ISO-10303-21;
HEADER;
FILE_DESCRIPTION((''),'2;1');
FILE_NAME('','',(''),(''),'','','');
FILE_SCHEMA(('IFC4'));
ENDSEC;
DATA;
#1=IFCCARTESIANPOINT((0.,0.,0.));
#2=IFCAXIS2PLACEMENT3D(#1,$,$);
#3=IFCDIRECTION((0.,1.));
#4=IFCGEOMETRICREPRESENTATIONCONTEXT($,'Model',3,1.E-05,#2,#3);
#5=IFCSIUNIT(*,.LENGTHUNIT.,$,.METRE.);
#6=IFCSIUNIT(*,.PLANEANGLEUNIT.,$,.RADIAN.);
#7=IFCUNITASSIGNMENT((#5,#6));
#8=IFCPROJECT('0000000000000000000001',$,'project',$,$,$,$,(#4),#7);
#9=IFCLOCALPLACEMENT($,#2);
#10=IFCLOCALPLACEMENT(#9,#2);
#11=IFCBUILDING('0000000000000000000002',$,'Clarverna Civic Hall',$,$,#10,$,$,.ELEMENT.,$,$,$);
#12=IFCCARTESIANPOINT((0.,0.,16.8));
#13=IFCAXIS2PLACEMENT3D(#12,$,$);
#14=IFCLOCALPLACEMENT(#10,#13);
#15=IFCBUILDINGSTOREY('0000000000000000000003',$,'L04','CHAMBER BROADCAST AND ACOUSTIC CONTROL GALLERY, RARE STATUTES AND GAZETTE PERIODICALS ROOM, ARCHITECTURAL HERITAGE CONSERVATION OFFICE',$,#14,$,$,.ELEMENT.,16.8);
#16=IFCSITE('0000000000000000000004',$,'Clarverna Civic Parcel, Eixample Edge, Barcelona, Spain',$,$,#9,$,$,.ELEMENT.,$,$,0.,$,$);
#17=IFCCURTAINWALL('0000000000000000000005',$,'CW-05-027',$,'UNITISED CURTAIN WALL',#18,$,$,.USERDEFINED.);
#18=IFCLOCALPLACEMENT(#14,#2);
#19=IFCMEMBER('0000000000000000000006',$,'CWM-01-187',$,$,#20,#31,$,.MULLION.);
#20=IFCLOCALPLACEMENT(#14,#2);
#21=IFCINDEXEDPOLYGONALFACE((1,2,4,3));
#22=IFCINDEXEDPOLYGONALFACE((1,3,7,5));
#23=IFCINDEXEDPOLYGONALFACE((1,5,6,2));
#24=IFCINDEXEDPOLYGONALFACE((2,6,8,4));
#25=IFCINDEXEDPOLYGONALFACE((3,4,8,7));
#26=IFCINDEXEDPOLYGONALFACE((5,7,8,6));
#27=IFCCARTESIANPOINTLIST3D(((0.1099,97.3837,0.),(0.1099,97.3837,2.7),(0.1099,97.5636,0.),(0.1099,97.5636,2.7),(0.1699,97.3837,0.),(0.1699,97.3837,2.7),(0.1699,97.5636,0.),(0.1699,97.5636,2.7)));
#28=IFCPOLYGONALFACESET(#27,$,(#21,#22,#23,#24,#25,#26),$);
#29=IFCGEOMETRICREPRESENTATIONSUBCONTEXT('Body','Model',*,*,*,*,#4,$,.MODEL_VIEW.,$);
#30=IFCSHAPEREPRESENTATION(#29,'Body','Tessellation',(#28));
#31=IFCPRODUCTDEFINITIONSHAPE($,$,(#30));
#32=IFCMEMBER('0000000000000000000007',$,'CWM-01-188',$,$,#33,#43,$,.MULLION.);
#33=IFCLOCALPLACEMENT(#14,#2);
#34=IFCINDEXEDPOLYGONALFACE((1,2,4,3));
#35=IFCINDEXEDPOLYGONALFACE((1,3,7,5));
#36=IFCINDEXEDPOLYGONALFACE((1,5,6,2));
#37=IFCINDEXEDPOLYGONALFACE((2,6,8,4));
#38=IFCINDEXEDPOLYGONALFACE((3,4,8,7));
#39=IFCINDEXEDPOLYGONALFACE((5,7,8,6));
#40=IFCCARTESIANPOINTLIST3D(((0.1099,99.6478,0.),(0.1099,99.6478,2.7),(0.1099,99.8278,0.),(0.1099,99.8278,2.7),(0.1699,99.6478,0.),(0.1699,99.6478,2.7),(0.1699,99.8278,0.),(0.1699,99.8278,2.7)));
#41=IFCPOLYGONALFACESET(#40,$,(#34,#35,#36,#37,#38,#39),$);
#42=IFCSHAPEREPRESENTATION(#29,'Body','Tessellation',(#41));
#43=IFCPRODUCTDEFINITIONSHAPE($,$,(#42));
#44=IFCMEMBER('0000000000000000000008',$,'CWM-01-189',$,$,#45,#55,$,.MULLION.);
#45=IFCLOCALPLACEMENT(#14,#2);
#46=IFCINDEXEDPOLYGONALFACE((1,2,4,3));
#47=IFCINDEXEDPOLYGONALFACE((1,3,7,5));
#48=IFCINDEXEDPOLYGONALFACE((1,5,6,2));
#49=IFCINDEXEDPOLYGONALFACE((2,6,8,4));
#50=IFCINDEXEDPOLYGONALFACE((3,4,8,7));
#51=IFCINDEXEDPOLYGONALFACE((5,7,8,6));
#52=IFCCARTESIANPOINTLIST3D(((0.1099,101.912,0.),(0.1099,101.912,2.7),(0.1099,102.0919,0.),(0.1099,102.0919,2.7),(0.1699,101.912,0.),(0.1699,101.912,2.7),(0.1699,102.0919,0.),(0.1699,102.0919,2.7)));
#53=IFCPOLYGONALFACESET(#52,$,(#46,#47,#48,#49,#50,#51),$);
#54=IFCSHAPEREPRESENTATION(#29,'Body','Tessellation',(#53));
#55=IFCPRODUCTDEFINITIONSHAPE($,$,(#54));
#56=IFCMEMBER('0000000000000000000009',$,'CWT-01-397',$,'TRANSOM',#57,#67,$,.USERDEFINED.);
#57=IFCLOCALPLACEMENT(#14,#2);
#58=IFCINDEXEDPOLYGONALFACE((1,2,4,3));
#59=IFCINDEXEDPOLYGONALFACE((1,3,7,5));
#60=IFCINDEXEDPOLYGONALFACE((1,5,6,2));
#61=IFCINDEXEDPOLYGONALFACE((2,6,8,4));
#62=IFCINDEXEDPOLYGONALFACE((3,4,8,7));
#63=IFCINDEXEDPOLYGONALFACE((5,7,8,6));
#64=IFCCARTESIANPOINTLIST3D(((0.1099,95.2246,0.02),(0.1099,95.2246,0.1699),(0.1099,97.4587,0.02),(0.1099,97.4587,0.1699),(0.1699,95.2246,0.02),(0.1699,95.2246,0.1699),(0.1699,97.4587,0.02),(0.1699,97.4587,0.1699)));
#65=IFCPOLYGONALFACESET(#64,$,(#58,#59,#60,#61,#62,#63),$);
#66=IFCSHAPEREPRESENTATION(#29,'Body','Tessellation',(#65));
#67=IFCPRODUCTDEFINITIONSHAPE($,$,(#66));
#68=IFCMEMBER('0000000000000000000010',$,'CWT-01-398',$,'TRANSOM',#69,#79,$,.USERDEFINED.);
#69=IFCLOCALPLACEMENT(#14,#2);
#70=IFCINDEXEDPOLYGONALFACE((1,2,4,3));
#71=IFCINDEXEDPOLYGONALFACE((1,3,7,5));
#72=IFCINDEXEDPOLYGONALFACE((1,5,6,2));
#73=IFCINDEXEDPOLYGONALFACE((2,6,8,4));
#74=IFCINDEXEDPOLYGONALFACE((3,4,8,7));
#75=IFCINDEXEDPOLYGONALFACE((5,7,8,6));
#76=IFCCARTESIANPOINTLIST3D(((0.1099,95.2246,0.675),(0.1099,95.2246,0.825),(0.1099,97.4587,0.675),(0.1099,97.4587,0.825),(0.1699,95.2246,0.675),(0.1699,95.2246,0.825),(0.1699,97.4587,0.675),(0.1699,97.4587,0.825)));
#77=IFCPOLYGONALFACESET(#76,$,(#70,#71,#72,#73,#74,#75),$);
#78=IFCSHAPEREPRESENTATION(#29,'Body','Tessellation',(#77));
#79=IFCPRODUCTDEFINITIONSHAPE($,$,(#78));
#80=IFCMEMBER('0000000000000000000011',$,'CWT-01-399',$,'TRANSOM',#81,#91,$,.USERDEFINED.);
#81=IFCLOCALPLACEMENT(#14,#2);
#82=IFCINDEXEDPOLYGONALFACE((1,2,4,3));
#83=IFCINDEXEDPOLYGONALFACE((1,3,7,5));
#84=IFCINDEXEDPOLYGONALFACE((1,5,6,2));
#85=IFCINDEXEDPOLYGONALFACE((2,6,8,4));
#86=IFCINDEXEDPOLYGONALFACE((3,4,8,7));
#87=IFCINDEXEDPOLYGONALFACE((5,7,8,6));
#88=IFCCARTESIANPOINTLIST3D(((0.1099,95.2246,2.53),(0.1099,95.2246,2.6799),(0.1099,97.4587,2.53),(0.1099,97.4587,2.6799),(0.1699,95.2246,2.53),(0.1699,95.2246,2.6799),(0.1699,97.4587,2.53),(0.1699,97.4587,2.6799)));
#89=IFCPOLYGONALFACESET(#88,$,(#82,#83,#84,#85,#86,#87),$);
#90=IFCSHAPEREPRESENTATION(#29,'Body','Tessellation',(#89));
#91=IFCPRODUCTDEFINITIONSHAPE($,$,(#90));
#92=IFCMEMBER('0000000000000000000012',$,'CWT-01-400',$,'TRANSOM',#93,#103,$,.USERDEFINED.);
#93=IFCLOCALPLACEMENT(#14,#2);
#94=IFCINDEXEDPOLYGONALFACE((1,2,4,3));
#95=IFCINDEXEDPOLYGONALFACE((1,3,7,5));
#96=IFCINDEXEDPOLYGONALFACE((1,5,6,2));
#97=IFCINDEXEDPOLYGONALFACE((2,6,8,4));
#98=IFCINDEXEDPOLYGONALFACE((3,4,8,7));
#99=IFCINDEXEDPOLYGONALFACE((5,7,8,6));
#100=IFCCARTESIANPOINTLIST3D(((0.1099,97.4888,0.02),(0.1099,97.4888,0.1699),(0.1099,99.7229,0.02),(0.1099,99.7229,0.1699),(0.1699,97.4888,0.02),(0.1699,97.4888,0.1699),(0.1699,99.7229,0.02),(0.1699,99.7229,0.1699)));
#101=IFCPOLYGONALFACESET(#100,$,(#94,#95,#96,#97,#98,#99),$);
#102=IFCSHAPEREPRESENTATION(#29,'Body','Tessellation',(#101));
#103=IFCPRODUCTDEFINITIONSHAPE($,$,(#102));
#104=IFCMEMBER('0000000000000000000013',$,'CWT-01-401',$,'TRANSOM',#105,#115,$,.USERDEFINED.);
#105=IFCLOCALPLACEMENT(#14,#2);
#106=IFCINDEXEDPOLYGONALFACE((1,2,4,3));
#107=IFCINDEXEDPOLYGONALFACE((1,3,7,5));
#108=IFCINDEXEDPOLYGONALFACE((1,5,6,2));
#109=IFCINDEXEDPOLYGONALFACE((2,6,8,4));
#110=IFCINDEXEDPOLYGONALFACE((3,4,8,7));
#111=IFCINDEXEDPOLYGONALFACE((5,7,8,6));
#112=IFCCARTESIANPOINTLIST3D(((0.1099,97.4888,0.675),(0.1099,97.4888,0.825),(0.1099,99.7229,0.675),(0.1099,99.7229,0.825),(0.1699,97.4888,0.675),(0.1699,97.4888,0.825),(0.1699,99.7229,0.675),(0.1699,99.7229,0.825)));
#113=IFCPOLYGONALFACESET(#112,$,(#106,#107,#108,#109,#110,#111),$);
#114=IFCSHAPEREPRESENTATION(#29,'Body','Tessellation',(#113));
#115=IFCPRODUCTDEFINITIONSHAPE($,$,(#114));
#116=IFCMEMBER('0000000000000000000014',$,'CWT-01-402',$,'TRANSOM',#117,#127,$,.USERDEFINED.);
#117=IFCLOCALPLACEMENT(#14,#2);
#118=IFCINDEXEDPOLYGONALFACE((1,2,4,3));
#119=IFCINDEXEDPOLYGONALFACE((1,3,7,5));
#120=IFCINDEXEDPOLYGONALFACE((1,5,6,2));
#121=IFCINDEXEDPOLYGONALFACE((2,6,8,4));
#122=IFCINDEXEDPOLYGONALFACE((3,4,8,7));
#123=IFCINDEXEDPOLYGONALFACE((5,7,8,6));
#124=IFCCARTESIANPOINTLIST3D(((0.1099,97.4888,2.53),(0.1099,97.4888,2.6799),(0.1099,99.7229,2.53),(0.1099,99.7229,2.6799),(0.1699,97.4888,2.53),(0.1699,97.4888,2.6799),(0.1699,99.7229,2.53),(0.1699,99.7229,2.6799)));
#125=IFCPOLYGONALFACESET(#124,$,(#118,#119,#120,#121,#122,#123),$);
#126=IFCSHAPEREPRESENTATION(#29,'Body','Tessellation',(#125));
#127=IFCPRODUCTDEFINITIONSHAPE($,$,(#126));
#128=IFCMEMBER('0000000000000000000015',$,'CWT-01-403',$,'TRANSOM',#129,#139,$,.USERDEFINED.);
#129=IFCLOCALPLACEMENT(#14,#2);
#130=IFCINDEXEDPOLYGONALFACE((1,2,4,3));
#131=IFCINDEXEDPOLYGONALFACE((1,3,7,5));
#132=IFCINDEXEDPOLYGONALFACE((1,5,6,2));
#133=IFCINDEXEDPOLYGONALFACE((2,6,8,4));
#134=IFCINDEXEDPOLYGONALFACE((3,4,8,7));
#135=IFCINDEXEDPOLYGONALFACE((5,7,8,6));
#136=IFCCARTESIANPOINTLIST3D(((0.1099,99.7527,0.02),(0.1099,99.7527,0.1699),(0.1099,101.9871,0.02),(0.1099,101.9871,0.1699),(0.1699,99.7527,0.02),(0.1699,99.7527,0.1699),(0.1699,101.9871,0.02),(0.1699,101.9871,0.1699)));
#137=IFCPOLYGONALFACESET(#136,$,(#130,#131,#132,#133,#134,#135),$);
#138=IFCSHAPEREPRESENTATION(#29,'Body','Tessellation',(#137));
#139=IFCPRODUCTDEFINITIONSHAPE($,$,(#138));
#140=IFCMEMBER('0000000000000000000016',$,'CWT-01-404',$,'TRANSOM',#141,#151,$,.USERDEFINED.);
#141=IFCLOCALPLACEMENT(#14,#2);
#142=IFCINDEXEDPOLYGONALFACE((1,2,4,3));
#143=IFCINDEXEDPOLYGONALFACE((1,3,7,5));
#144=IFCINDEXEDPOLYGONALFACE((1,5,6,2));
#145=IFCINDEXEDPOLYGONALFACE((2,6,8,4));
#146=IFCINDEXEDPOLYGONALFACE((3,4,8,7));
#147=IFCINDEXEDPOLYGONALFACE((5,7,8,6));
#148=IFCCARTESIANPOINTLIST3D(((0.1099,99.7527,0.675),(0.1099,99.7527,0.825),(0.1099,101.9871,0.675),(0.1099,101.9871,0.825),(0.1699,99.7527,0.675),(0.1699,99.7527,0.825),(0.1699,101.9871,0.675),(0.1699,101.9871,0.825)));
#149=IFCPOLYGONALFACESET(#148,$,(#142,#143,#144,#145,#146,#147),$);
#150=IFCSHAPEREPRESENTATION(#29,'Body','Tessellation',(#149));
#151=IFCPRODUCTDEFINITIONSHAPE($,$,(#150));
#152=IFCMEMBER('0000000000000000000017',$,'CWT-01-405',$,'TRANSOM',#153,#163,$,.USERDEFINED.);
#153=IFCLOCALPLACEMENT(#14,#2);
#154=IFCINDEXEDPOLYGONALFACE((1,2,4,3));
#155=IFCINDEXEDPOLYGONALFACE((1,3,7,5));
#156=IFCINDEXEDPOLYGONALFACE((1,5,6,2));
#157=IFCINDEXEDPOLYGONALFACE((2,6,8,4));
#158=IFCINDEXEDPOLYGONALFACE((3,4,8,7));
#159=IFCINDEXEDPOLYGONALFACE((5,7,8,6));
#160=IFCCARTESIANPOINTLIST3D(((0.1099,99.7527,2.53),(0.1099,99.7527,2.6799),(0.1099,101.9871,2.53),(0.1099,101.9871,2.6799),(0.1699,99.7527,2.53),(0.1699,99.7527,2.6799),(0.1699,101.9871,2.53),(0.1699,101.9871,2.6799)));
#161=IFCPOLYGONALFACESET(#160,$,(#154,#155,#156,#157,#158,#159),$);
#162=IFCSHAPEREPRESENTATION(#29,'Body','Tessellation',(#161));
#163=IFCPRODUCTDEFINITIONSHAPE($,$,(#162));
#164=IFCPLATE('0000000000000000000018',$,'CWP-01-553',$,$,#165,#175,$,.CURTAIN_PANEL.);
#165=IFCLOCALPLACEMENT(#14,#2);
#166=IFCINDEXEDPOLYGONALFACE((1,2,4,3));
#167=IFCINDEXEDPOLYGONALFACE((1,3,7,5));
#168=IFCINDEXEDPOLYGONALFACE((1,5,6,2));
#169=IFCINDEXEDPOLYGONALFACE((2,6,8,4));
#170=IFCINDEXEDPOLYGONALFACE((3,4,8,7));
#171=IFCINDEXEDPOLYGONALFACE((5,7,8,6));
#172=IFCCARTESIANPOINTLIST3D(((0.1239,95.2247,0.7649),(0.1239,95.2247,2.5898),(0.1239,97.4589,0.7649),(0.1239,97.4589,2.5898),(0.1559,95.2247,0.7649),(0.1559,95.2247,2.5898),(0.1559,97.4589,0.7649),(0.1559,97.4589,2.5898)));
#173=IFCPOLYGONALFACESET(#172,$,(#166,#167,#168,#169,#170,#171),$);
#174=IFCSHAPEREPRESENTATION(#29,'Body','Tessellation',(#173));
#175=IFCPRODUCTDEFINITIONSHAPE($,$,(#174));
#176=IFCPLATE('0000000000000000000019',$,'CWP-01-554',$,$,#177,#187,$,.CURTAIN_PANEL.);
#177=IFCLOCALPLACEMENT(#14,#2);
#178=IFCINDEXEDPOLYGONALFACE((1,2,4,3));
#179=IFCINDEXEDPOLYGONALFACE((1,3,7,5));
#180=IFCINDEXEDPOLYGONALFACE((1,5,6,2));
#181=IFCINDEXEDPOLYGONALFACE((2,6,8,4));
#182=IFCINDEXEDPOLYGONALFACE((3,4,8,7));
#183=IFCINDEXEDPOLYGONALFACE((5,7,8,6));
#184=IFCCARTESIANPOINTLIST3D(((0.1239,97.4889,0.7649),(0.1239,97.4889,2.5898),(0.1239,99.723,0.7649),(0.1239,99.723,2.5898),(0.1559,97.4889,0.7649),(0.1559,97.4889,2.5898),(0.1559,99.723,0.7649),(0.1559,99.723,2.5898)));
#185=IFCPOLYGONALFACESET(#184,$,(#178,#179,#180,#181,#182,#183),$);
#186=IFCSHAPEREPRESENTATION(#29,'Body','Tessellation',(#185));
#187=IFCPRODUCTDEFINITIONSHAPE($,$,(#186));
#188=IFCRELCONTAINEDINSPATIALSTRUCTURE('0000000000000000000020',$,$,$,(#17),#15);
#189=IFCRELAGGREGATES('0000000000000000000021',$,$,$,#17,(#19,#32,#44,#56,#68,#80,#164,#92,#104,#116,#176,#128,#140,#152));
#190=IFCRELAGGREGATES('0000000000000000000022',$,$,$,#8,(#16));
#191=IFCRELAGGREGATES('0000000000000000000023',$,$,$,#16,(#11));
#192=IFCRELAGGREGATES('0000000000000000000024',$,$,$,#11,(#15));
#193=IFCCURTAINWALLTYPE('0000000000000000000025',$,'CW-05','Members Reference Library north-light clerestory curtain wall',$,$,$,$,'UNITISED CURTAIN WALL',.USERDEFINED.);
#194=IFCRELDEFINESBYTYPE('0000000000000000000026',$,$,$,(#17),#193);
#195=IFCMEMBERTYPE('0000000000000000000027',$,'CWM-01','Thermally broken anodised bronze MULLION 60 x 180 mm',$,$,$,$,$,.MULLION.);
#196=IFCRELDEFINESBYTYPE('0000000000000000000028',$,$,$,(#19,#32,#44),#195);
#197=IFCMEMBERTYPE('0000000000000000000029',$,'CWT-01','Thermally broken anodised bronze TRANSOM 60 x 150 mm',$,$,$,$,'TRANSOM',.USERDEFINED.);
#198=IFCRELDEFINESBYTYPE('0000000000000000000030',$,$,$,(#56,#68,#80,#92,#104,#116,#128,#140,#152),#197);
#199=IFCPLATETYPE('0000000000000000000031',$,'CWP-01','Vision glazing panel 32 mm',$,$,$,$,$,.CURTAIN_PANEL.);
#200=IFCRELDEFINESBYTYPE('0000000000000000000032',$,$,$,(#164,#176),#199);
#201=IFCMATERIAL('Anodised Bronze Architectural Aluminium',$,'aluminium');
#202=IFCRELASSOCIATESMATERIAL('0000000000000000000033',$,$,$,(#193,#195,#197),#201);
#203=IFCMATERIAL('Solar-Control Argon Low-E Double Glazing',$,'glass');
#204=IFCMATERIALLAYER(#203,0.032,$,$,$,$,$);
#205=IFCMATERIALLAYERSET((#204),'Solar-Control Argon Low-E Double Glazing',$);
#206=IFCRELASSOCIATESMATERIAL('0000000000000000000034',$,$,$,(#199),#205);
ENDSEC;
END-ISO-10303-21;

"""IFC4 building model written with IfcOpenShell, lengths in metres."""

from ifc_helpers import new_model, si_unit, direction, frame, frame_2d, origin, origin_2d, place, context, subcontext, project, spatial, rectangle, extrude, material, layer, layer_set, material_profile, profile_set, type_object, element, aggregate, save


model = new_model("IFC4")

# Units and contexts
model_context = context("Model", 3, precision=1e-05, world=origin(), true_north=direction((0.0, 1.0)))
body_context = subcontext(model_context, "Body", "Model", "MODEL_VIEW")
ifc_project = project(units=[si_unit("LENGTHUNIT", "METRE"), si_unit("PLANEANGLEUNIT", "RADIAN")], contexts=[model_context])

# Site, building, storey
site_placement = place(None, origin())
site = spatial("IfcSite", under=ifc_project, at=site_placement, Name="Clarverna Civic Parcel, Eixample Edge, Barcelona, Spain", CompositionType="ELEMENT", RefElevation=0.0)
building_placement = place(site_placement, origin())
building = spatial("IfcBuilding", under=site, at=building_placement, Name="Clarverna Civic Hall", CompositionType="ELEMENT")
storey_placement = place(building_placement, frame((0.0, 0.0, 16.8)))
storey = spatial("IfcBuildingStorey", under=building, at=storey_placement, Name="L04", Description="CHAMBER BROADCAST AND ACOUSTIC CONTROL GALLERY, RARE STATUTES AND GAZETTE PERIODICALS ROOM, ARCHITECTURAL HERITAGE CONSERVATION OFFICE", CompositionType="ELEMENT", Elevation=16.8)

# Curtain wall, members, plates
ifc_material_1 = material(Name="Anodised Bronze Architectural Aluminium", Category="aluminium")
curtain_wall_type = type_object("IfcCurtainWallType", Name="CW-05", Description="Members Reference Library north-light clerestory curtain wall", ElementType="UNITISED CURTAIN WALL", PredefinedType="USERDEFINED", material=ifc_material_1)
curtain_wall_placement = place(storey_placement, origin())
curtain_wall = element("IfcCurtainWall", 1, at=curtain_wall_placement, inside=storey, type_object=curtain_wall_type, Name="CW-05-027", ObjectType="UNITISED CURTAIN WALL", PredefinedType="USERDEFINED")
ifc_material_profile_1 = material_profile(ifc_material_1, rectangle(XDim=0.0601, YDim=0.1799, at=origin_2d()), Name="BRONZE 60x180")
ifc_profile_set_1 = profile_set([ifc_material_profile_1], Name="Anodised Bronze Architectural Aluminium")
member_type_1 = type_object("IfcMemberType", Name="CWM-01", Description="Thermally broken anodised bronze MULLION 60 x 180 mm", PredefinedType="MULLION", material=ifc_profile_set_1)
member_1_placement = place(storey_placement, frame((0.1399, 97.4736, 0.0), z_axis=(0.0, 0.0, 1.0), x_axis=(1.0, 0.0, 0.0)))
member_1 = element("IfcMember", 2, at=member_1_placement, type_object=member_type_1, Name="CWM-01-187", PredefinedType="MULLION", context=body_context, shape_type="SweptSolid", body=[
    extrude(rectangle(XDim=0.0601, YDim=0.1799, at=origin_2d()), origin(), (0.0, 0.0, 1.0), 2.7),
])
member_2_placement = place(storey_placement, frame((0.1399, 99.7378, 0.0), z_axis=(0.0, 0.0, 1.0), x_axis=(1.0, 0.0, 0.0)))
member_2 = element("IfcMember", 3, at=member_2_placement, type_object=member_type_1, Name="CWM-01-188", PredefinedType="MULLION", context=body_context, shape_type="SweptSolid", body=[
    extrude(rectangle(XDim=0.0601, YDim=0.1799, at=origin_2d()), origin(), (0.0, 0.0, 1.0), 2.7),
])
member_3_placement = place(storey_placement, frame((0.1399, 102.002, 0.0), z_axis=(0.0, 0.0, 1.0), x_axis=(1.0, 0.0, 0.0)))
member_3 = element("IfcMember", 4, at=member_3_placement, type_object=member_type_1, Name="CWM-01-189", PredefinedType="MULLION", context=body_context, shape_type="SweptSolid", body=[
    extrude(rectangle(XDim=0.0601, YDim=0.1799, at=origin_2d()), origin(), (0.0, 0.0, 1.0), 2.7),
])
ifc_material_profile_2 = material_profile(ifc_material_1, rectangle(XDim=0.0601, YDim=0.1499, at=origin_2d()), Name="BRONZE 60x150")
ifc_profile_set_2 = profile_set([ifc_material_profile_2], Name="Anodised Bronze Architectural Aluminium")
member_type_2 = type_object("IfcMemberType", Name="CWT-01", Description="Thermally broken anodised bronze TRANSOM 60 x 150 mm", ElementType="TRANSOM", PredefinedType="USERDEFINED", material=ifc_profile_set_2)
member_4_placement = place(storey_placement, frame((0.1399, 95.2246, 0.095), z_axis=(0.0, 1.0, 0.0), x_axis=(-1.0, 0.0, 0.0)))
member_4 = element("IfcMember", 5, at=member_4_placement, type_object=member_type_2, Name="CWT-01-397", ObjectType="TRANSOM", PredefinedType="USERDEFINED", context=body_context, shape_type="SweptSolid", body=[
    extrude(rectangle(XDim=0.0601, YDim=0.1499, at=origin_2d()), origin(), (0.0, 0.0, 1.0), 2.2341),
])
member_5_placement = place(storey_placement, frame((0.1399, 95.2246, 0.75), z_axis=(0.0, 1.0, 0.0), x_axis=(-1.0, 0.0, 0.0)))
member_5 = element("IfcMember", 6, at=member_5_placement, type_object=member_type_2, Name="CWT-01-398", ObjectType="TRANSOM", PredefinedType="USERDEFINED", context=body_context, shape_type="SweptSolid", body=[
    extrude(rectangle(XDim=0.0601, YDim=0.1499, at=origin_2d()), origin(), (0.0, 0.0, 1.0), 2.2341),
])
member_6_placement = place(storey_placement, frame((0.1399, 95.2246, 2.605), z_axis=(0.0, 1.0, 0.0), x_axis=(-1.0, 0.0, 0.0)))
member_6 = element("IfcMember", 7, at=member_6_placement, type_object=member_type_2, Name="CWT-01-399", ObjectType="TRANSOM", PredefinedType="USERDEFINED", context=body_context, shape_type="SweptSolid", body=[
    extrude(rectangle(XDim=0.0601, YDim=0.1499, at=origin_2d()), origin(), (0.0, 0.0, 1.0), 2.2341),
])
member_7_placement = place(storey_placement, frame((0.1399, 97.4888, 0.095), z_axis=(0.0, 1.0, 0.0), x_axis=(-1.0, 0.0, 0.0)))
member_7 = element("IfcMember", 8, at=member_7_placement, type_object=member_type_2, Name="CWT-01-400", ObjectType="TRANSOM", PredefinedType="USERDEFINED", context=body_context, shape_type="SweptSolid", body=[
    extrude(rectangle(XDim=0.0601, YDim=0.1499, at=origin_2d()), origin(), (0.0, 0.0, 1.0), 2.2341),
])
member_8_placement = place(storey_placement, frame((0.1399, 97.4888, 0.75), z_axis=(0.0, 1.0, 0.0), x_axis=(-1.0, 0.0, 0.0)))
member_8 = element("IfcMember", 9, at=member_8_placement, type_object=member_type_2, Name="CWT-01-401", ObjectType="TRANSOM", PredefinedType="USERDEFINED", context=body_context, shape_type="SweptSolid", body=[
    extrude(rectangle(XDim=0.0601, YDim=0.1499, at=origin_2d()), origin(), (0.0, 0.0, 1.0), 2.2341),
])
member_9_placement = place(storey_placement, frame((0.1399, 97.4888, 2.605), z_axis=(0.0, 1.0, 0.0), x_axis=(-1.0, 0.0, 0.0)))
member_9 = element("IfcMember", 10, at=member_9_placement, type_object=member_type_2, Name="CWT-01-402", ObjectType="TRANSOM", PredefinedType="USERDEFINED", context=body_context, shape_type="SweptSolid", body=[
    extrude(rectangle(XDim=0.0601, YDim=0.1499, at=origin_2d()), origin(), (0.0, 0.0, 1.0), 2.2341),
])
member_10_placement = place(storey_placement, frame((0.1399, 99.7527, 0.095), z_axis=(0.0, 1.0, 0.0), x_axis=(-1.0, 0.0, 0.0)))
member_10 = element("IfcMember", 11, at=member_10_placement, type_object=member_type_2, Name="CWT-01-403", ObjectType="TRANSOM", PredefinedType="USERDEFINED", context=body_context, shape_type="SweptSolid", body=[
    extrude(rectangle(XDim=0.0601, YDim=0.1499, at=origin_2d()), origin(), (0.0, 0.0, 1.0), 2.2344),
])
member_11_placement = place(storey_placement, frame((0.1399, 99.7527, 0.75), z_axis=(0.0, 1.0, 0.0), x_axis=(-1.0, 0.0, 0.0)))
member_11 = element("IfcMember", 12, at=member_11_placement, type_object=member_type_2, Name="CWT-01-404", ObjectType="TRANSOM", PredefinedType="USERDEFINED", context=body_context, shape_type="SweptSolid", body=[
    extrude(rectangle(XDim=0.0601, YDim=0.1499, at=origin_2d()), origin(), (0.0, 0.0, 1.0), 2.2344),
])
member_12_placement = place(storey_placement, frame((0.1399, 99.7527, 2.605), z_axis=(0.0, 1.0, 0.0), x_axis=(-1.0, 0.0, 0.0)))
member_12 = element("IfcMember", 13, at=member_12_placement, type_object=member_type_2, Name="CWT-01-405", ObjectType="TRANSOM", PredefinedType="USERDEFINED", context=body_context, shape_type="SweptSolid", body=[
    extrude(rectangle(XDim=0.0601, YDim=0.1499, at=origin_2d()), origin(), (0.0, 0.0, 1.0), 2.2344),
])
ifc_material_2 = material(Name="Solar-Control Argon Low-E Double Glazing", Category="glass")
ifc_layer_1 = layer(ifc_material_2, 0.032)
ifc_layer_set_1 = layer_set([ifc_layer_1], Name="Solar-Control Argon Low-E Double Glazing")
plate_type_1 = type_object("IfcPlateType", Name="CWP-01", Description="Vision glazing panel 32 mm", PredefinedType="CURTAIN_PANEL", material=ifc_layer_set_1)
plate_1_placement = place(storey_placement, frame((0.1399, 95.2246, 0.7649), z_axis=(0.0, 0.0, 1.0), x_axis=(0.0, 1.0, 0.0)))
plate_1 = element("IfcPlate", 14, at=plate_1_placement, type_object=plate_type_1, Name="CWP-01-553", PredefinedType="CURTAIN_PANEL", context=body_context, shape_type="SweptSolid", body=[
    extrude(rectangle(XDim=2.2341, YDim=0.032, at=frame_2d((1.1172, 0.0))), origin(), (0.0, 0.0, 1.0), 1.825),
])
plate_2_placement = place(storey_placement, frame((0.1399, 97.4888, 0.7649), z_axis=(0.0, 0.0, 1.0), x_axis=(0.0, 1.0, 0.0)))
plate_2 = element("IfcPlate", 15, at=plate_2_placement, type_object=plate_type_1, Name="CWP-01-554", PredefinedType="CURTAIN_PANEL", context=body_context, shape_type="SweptSolid", body=[
    extrude(rectangle(XDim=2.2341, YDim=0.032, at=frame_2d((1.1172, 0.0))), origin(), (0.0, 0.0, 1.0), 1.825),
])
aggregate(curtain_wall, [member_1, member_2, member_3, member_4, member_5, member_6, plate_1, member_7, member_8, member_9, plate_2, member_10, member_11, member_12])

save(model, "model.ifc")
